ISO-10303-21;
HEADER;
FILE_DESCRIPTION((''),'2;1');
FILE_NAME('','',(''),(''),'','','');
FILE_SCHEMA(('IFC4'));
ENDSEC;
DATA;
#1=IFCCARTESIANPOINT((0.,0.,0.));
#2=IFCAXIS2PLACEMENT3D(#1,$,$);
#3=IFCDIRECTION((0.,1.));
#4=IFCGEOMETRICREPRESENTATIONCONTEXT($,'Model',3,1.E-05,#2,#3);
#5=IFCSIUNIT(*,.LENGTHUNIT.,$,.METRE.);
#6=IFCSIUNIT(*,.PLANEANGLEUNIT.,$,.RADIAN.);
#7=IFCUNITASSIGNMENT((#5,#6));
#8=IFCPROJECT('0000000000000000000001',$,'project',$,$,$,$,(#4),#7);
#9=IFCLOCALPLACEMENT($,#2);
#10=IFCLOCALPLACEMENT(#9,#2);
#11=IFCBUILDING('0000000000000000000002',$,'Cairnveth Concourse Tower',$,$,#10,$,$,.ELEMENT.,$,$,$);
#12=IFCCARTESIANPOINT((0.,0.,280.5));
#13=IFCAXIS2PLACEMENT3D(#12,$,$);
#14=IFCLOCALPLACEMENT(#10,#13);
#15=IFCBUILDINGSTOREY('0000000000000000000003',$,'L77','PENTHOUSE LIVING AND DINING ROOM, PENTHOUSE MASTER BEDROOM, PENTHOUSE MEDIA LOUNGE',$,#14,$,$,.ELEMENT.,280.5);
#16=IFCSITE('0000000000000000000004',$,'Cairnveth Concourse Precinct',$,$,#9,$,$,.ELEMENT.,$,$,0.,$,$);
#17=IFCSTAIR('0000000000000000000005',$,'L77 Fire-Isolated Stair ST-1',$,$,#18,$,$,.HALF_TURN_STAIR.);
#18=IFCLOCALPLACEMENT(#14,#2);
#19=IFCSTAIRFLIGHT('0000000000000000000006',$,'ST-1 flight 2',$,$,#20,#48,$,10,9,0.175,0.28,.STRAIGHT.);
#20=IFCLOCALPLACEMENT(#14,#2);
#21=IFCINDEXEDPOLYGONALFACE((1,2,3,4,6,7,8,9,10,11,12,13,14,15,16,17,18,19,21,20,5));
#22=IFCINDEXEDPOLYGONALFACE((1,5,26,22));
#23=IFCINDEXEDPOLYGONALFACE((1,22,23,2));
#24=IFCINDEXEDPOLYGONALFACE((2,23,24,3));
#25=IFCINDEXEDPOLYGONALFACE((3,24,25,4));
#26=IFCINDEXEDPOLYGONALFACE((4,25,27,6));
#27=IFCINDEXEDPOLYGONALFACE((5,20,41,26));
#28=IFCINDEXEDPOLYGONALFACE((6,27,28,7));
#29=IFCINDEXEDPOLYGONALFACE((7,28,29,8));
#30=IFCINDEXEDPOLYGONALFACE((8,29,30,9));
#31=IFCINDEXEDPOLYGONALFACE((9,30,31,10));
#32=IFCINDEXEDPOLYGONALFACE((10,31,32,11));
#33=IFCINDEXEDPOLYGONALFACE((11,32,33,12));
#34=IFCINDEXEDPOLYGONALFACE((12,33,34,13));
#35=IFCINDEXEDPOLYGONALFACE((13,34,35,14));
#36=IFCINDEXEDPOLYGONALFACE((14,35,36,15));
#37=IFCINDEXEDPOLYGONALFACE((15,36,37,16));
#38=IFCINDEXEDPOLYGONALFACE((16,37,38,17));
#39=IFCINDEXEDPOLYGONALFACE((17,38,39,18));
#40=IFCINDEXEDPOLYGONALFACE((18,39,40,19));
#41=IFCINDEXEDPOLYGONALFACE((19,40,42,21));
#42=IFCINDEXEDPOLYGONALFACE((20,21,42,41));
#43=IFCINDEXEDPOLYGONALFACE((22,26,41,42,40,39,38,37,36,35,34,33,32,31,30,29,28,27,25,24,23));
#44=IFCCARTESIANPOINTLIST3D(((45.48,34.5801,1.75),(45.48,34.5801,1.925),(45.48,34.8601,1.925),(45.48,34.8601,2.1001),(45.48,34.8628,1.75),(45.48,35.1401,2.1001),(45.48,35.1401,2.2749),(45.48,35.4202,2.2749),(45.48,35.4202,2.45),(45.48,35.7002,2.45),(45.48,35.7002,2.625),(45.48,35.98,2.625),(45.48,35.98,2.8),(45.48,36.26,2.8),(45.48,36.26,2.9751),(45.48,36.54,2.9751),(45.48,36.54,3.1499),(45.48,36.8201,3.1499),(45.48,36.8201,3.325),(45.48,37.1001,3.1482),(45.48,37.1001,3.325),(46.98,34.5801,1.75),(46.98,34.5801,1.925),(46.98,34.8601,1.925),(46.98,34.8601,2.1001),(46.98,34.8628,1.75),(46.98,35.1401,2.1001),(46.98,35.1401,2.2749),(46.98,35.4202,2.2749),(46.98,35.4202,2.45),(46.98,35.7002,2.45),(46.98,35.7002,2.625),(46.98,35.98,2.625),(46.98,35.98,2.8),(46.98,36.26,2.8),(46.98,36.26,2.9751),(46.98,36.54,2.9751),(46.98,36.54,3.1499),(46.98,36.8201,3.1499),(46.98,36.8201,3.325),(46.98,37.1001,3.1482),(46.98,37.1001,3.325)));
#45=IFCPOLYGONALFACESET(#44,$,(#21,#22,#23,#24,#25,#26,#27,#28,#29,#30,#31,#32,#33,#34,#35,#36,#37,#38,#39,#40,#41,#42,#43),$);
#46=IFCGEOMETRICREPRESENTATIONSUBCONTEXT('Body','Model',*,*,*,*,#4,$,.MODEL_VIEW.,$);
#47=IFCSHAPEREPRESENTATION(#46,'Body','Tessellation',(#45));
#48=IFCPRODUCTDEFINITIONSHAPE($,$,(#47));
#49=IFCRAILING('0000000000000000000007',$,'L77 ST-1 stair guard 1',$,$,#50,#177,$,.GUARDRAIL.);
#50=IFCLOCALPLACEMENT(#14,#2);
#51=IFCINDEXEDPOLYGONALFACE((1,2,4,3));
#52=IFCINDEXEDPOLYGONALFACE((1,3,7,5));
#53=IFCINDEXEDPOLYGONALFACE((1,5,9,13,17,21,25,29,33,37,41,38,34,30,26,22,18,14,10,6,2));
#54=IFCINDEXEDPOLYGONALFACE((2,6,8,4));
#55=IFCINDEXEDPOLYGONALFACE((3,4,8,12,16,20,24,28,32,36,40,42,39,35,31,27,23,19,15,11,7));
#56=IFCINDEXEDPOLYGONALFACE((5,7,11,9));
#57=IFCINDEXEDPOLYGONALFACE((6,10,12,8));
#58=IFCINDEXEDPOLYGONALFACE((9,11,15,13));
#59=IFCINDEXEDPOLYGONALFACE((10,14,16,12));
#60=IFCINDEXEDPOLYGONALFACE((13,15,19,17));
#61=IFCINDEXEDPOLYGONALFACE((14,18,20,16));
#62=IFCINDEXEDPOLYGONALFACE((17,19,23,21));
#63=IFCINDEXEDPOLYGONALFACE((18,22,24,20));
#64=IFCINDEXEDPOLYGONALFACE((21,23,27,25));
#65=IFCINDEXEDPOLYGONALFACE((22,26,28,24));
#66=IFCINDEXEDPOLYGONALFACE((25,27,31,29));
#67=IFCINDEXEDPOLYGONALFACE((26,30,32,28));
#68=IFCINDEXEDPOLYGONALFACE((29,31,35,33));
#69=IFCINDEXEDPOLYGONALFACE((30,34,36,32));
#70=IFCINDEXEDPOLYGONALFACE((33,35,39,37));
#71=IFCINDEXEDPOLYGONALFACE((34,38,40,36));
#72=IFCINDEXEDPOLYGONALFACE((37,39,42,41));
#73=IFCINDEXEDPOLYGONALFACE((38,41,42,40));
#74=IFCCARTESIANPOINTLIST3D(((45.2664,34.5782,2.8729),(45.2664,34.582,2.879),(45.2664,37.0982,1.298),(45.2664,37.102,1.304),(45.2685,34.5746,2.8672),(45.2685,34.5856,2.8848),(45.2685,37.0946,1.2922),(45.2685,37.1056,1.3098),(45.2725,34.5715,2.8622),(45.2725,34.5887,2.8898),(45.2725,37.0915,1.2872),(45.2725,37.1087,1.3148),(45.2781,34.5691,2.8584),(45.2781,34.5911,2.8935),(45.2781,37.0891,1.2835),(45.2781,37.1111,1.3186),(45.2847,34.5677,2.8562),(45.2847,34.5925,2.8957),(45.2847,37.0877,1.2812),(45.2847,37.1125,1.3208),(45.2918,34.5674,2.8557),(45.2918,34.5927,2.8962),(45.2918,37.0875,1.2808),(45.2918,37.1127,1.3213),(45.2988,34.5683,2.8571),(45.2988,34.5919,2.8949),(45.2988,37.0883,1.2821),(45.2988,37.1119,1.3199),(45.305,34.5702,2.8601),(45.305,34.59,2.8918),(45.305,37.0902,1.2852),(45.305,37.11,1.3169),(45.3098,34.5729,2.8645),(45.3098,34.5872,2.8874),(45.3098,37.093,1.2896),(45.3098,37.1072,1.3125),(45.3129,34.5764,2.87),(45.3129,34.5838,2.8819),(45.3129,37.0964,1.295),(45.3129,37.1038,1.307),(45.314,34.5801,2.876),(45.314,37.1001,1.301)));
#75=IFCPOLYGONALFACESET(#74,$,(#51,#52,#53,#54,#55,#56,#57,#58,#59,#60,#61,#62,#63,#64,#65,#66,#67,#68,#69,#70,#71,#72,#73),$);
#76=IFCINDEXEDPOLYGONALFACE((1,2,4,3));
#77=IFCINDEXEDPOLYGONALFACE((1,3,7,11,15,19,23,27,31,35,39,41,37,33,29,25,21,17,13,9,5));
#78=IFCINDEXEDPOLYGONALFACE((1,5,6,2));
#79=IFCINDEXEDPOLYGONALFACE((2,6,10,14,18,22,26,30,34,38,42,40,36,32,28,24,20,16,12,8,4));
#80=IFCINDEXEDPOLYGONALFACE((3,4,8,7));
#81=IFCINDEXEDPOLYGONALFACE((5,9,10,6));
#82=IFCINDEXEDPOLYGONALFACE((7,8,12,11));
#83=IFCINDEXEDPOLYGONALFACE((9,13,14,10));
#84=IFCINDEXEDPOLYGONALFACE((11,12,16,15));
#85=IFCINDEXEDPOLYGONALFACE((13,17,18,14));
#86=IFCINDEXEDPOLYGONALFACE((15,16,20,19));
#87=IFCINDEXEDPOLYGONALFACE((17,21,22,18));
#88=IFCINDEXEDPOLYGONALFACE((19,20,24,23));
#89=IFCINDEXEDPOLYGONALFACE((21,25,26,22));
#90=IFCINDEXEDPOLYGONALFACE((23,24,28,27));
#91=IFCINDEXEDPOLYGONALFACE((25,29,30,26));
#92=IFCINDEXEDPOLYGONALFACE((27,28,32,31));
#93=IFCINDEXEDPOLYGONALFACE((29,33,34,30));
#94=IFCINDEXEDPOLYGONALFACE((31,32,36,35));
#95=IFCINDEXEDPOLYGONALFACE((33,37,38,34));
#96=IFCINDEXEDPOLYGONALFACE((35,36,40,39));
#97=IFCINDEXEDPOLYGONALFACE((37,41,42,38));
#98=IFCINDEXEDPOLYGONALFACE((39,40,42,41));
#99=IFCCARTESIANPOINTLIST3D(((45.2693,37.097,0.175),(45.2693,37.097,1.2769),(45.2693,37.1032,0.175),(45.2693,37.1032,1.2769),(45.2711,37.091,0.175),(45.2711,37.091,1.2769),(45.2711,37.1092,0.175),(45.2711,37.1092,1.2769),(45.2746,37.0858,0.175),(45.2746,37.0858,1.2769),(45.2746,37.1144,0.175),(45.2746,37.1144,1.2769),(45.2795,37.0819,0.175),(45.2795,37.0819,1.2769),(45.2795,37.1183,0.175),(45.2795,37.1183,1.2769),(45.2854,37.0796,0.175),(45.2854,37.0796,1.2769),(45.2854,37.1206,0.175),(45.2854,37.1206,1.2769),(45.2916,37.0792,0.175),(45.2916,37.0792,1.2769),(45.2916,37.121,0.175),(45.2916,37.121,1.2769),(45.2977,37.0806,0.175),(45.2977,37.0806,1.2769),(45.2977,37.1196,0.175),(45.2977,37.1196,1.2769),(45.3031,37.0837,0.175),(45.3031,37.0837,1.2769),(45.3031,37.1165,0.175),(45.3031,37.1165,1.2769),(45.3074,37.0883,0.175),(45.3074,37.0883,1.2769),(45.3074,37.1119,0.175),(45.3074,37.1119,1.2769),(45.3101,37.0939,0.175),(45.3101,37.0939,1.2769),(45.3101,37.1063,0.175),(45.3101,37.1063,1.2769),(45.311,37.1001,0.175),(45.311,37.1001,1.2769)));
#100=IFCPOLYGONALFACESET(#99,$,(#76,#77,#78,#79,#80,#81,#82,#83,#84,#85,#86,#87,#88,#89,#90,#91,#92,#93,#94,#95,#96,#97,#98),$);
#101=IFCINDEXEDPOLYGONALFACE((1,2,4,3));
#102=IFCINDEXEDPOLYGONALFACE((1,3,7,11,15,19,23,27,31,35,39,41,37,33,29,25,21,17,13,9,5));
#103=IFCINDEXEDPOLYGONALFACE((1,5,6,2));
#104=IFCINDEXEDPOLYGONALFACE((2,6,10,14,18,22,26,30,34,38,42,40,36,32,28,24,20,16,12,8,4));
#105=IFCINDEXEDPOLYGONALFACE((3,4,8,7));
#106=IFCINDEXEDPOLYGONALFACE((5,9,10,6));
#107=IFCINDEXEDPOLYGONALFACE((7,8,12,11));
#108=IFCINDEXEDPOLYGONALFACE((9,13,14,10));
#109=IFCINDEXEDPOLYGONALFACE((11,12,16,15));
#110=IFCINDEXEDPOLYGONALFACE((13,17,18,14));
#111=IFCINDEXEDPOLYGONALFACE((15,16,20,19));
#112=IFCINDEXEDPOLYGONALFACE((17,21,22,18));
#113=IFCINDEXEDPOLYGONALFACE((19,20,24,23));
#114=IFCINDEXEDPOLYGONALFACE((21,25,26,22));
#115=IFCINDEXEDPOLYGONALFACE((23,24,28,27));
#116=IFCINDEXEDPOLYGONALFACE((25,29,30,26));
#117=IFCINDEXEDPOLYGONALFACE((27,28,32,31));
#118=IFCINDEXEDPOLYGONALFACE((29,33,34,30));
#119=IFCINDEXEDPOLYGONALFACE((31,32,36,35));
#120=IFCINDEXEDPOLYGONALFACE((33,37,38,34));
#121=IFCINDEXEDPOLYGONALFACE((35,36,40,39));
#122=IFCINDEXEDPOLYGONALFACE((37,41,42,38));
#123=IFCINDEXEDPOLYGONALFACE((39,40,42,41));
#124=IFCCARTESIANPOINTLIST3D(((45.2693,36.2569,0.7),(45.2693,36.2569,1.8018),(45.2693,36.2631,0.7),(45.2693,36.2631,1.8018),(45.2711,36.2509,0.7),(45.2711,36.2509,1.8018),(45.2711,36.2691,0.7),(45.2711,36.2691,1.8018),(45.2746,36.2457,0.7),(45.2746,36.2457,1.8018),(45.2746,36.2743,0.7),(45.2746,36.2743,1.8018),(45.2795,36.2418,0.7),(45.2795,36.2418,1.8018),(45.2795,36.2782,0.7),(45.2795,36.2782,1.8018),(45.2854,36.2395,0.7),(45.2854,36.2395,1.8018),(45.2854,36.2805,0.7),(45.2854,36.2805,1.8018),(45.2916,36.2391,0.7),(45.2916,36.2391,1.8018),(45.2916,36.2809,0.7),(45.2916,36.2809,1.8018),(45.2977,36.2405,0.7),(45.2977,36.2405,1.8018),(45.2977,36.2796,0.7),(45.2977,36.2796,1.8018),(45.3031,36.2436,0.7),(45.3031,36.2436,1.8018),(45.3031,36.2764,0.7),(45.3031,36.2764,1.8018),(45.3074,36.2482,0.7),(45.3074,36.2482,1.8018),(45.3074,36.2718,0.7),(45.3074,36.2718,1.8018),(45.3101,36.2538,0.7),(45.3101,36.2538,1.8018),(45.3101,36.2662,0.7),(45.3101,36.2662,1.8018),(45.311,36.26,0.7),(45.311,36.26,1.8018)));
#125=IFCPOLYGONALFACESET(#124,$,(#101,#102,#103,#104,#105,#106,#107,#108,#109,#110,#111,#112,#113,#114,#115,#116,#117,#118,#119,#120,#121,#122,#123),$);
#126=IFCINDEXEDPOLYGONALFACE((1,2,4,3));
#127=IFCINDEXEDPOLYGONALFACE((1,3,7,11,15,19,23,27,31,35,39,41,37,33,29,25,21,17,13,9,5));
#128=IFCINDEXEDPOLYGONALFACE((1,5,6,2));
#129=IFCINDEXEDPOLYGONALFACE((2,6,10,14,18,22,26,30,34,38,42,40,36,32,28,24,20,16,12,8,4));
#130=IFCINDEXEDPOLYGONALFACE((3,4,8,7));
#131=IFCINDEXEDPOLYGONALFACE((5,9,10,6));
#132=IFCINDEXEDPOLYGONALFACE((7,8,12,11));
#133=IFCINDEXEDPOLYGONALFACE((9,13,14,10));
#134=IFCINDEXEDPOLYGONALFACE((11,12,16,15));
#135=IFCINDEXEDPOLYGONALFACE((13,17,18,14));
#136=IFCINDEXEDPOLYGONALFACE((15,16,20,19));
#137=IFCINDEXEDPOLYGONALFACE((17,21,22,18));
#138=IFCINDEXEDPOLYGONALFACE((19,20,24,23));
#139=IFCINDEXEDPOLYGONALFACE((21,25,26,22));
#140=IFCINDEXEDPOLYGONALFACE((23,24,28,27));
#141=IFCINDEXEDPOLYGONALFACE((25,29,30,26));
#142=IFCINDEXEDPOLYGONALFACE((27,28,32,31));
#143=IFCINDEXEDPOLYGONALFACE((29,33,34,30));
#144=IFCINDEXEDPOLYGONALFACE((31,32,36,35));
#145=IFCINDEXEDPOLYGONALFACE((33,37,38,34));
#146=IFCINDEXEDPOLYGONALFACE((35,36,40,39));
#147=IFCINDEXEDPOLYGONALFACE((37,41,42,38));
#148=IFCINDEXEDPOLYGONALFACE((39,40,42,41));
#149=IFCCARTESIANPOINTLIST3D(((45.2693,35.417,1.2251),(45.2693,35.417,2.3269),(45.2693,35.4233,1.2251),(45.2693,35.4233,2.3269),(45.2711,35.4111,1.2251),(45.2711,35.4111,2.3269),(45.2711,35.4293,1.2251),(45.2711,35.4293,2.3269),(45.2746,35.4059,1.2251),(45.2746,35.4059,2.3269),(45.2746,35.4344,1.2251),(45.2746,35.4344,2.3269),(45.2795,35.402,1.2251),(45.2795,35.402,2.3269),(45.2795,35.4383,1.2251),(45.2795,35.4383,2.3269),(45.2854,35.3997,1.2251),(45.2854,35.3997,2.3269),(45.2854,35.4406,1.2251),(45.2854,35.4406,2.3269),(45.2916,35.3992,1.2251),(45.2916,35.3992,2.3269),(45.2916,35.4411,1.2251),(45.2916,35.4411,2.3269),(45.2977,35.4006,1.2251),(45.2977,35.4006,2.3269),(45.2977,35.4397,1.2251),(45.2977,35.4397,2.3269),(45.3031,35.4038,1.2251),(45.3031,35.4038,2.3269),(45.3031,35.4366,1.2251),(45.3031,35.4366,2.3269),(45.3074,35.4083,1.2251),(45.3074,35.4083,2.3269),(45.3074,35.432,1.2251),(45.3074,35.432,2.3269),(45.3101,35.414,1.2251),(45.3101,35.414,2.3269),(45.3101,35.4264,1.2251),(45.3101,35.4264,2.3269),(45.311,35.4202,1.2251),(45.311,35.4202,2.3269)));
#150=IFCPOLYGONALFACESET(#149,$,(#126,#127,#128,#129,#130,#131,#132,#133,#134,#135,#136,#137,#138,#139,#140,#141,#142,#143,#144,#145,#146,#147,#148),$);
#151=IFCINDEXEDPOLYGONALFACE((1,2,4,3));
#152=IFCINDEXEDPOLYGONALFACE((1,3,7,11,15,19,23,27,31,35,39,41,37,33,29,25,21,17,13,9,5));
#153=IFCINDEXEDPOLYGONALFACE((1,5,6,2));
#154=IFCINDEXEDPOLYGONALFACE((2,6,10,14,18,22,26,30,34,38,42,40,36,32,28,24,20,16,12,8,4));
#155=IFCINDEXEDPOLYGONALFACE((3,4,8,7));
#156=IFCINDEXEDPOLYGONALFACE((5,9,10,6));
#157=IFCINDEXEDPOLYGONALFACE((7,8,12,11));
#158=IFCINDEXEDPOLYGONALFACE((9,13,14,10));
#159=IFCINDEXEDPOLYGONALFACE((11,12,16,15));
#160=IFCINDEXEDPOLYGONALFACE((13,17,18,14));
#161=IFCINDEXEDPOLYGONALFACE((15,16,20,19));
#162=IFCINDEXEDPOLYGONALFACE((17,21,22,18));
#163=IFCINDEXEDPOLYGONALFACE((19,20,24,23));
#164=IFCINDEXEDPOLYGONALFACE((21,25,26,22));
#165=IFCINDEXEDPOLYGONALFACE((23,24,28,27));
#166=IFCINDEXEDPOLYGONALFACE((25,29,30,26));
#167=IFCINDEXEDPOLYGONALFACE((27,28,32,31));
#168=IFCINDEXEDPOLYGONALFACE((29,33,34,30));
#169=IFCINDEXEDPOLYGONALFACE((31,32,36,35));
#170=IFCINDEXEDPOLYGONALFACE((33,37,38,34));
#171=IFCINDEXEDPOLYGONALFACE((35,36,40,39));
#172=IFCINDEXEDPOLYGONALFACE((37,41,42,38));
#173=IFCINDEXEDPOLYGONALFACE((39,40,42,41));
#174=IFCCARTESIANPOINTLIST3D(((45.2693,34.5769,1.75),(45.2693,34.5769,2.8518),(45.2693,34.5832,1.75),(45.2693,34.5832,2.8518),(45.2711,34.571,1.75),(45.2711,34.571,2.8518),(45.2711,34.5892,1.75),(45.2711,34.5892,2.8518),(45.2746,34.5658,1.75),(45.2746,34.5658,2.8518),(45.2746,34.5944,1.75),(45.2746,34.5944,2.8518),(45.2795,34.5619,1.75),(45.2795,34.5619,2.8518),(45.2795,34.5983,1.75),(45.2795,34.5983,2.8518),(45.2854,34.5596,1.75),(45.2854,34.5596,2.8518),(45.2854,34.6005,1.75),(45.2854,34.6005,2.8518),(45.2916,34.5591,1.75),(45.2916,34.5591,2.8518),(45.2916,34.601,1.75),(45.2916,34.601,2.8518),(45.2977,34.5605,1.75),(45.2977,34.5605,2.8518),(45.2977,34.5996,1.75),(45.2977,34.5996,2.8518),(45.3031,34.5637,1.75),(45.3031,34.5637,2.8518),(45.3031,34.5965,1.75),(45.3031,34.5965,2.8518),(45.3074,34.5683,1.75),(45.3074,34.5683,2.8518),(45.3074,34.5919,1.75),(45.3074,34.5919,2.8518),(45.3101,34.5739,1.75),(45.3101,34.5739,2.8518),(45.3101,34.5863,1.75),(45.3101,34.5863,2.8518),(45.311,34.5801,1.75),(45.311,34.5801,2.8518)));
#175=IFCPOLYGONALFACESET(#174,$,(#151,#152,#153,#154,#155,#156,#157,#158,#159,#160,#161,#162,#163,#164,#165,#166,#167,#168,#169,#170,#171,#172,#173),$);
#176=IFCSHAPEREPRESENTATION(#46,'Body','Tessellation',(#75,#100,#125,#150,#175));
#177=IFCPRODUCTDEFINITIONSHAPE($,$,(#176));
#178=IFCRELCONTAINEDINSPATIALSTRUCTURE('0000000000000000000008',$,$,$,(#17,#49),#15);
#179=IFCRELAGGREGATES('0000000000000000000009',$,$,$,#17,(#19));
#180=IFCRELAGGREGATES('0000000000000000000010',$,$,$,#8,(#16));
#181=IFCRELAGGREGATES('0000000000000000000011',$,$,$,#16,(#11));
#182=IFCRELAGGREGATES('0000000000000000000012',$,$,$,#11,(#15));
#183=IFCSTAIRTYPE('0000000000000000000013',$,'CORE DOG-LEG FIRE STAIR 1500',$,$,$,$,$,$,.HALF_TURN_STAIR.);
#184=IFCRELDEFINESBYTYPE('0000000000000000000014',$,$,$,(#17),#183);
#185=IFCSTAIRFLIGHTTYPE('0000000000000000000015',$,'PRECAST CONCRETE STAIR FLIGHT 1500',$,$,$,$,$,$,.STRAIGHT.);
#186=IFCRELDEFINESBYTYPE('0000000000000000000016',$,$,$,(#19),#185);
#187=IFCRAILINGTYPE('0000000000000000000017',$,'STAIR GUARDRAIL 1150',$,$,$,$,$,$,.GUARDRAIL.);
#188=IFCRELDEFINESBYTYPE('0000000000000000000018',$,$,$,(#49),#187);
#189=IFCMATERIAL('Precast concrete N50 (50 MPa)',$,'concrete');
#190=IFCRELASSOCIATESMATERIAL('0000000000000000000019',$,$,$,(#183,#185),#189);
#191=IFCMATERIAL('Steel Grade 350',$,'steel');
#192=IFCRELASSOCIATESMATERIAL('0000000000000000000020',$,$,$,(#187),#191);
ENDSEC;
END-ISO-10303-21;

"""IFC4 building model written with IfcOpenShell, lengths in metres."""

from ifc_helpers import new_model, si_unit, direction, frame, origin, origin_2d, place, context, subcontext, project, spatial, polyline, circle, outline, extrude, material, type_object, element, aggregate, save


model = new_model("IFC4")

# Units and contexts
model_context = context("Model", 3, precision=1e-05, world=origin(), true_north=direction((0.0, 1.0)))
body_context = subcontext(model_context, "Body", "Model", "MODEL_VIEW")
ifc_project = project(units=[si_unit("LENGTHUNIT", "METRE"), si_unit("PLANEANGLEUNIT", "RADIAN")], contexts=[model_context])

# Site, building, storey
site_placement = place(None, origin())
site = spatial("IfcSite", under=ifc_project, at=site_placement, Name="Cairnveth Concourse Precinct", CompositionType="ELEMENT", RefElevation=0.0)
building_placement = place(site_placement, origin())
building = spatial("IfcBuilding", under=site, at=building_placement, Name="Cairnveth Concourse Tower", CompositionType="ELEMENT")
storey_placement = place(building_placement, frame((0.0, 0.0, 280.5)))
storey = spatial("IfcBuildingStorey", under=building, at=storey_placement, Name="L77", Description="PENTHOUSE LIVING AND DINING ROOM, PENTHOUSE MASTER BEDROOM, PENTHOUSE MEDIA LOUNGE", CompositionType="ELEMENT", Elevation=280.5)

# Shared definitions
ifc_material_1 = material(Name="Steel Grade 350", Category="steel")

# Stair, stair flight
ifc_material_2 = material(Name="Precast concrete N50 (50 MPa)", Category="concrete")
stair_type = type_object("IfcStairType", Name="CORE DOG-LEG FIRE STAIR 1500", PredefinedType="HALF_TURN_STAIR", material=ifc_material_2)
stair_placement = place(storey_placement, origin())
stair = element("IfcStair", 1, at=stair_placement, inside=storey, type_object=stair_type, Name="L77 Fire-Isolated Stair ST-1", PredefinedType="HALF_TURN_STAIR")
stair_flight_type = type_object("IfcStairFlightType", Name="PRECAST CONCRETE STAIR FLIGHT 1500", PredefinedType="STRAIGHT", material=ifc_material_2)
stair_flight_1_placement = place(storey_placement, frame((46.23, 34.5801, 1.75), z_axis=(0.0, 0.0, 1.0), x_axis=(0.0, 1.0, 0.0)))
stair_flight_1 = element("IfcStairFlight", 2, at=stair_flight_1_placement, type_object=stair_flight_type, Name="ST-1 flight 2", NumberOfRisers=10, NumberOfTreads=9, PredefinedType="STRAIGHT", RiserHeight=0.175, TreadLength=0.28, context=body_context, shape_type="SweptSolid", body=[
    extrude(outline(polyline([(0.0, 0.0), (0.0, 0.175), (0.28, 0.175), (0.28, 0.3501), (0.5601, 0.3501), (0.5601, 0.5249), (0.8401, 0.5249), (0.8401, 0.7), (1.1201, 0.7), (1.1201, 0.875), (1.3999, 0.875), (1.3999, 1.05), (1.6799, 1.05), (1.6799, 1.2251), (1.96, 1.2251), (1.96, 1.3999), (2.24, 1.3999), (2.24, 1.575), (2.52, 1.575), (2.52, 1.75), (2.52, 1.3982), (0.2827, 0.0), (0.0, 0.0)])), frame((0.0, 0.75, 0.0), z_axis=(0.0, -1.0, 0.0), x_axis=(1.0, 0.0, 0.0)), (0.0, 0.0, 1.0), 1.5),
])
aggregate(stair, [stair_flight_1])

# Railing
railing_type_1 = type_object("IfcRailingType", Name="STAIR GUARDRAIL 1150", PredefinedType="GUARDRAIL", material=ifc_material_1)
railing_1_placement = place(storey_placement, frame((45.29, 37.1001, 0.175)))
element("IfcRailing", 3, at=railing_1_placement, inside=storey, type_object=railing_type_1, Name="L77 ST-1 stair guard 1", PredefinedType="GUARDRAIL", context=body_context, shape_type="SweptSolid", body=[
    extrude(circle(Radius=0.0239, at=origin_2d()), frame((0.0, 0.0, 1.126), z_axis=(0.0, -0.848008, 0.529984), x_axis=(1.0, 0.0, 0.0)), (0.0, 0.0, 1.0), 2.9717),
    extrude(circle(Radius=0.021, at=origin_2d()), origin(), (0.0, 0.0, 1.0), 1.1018),
    extrude(circle(Radius=0.021, at=origin_2d()), frame((0.0, -0.8401, 0.5249)), (0.0, 0.0, 1.0), 1.1018),
    extrude(circle(Radius=0.021, at=origin_2d()), frame((0.0, -1.6799, 1.05)), (0.0, 0.0, 1.0), 1.1018),
    extrude(circle(Radius=0.021, at=origin_2d()), frame((0.0, -2.52, 1.575)), (0.0, 0.0, 1.0), 1.1018),
])

save(model, "model.ifc")
